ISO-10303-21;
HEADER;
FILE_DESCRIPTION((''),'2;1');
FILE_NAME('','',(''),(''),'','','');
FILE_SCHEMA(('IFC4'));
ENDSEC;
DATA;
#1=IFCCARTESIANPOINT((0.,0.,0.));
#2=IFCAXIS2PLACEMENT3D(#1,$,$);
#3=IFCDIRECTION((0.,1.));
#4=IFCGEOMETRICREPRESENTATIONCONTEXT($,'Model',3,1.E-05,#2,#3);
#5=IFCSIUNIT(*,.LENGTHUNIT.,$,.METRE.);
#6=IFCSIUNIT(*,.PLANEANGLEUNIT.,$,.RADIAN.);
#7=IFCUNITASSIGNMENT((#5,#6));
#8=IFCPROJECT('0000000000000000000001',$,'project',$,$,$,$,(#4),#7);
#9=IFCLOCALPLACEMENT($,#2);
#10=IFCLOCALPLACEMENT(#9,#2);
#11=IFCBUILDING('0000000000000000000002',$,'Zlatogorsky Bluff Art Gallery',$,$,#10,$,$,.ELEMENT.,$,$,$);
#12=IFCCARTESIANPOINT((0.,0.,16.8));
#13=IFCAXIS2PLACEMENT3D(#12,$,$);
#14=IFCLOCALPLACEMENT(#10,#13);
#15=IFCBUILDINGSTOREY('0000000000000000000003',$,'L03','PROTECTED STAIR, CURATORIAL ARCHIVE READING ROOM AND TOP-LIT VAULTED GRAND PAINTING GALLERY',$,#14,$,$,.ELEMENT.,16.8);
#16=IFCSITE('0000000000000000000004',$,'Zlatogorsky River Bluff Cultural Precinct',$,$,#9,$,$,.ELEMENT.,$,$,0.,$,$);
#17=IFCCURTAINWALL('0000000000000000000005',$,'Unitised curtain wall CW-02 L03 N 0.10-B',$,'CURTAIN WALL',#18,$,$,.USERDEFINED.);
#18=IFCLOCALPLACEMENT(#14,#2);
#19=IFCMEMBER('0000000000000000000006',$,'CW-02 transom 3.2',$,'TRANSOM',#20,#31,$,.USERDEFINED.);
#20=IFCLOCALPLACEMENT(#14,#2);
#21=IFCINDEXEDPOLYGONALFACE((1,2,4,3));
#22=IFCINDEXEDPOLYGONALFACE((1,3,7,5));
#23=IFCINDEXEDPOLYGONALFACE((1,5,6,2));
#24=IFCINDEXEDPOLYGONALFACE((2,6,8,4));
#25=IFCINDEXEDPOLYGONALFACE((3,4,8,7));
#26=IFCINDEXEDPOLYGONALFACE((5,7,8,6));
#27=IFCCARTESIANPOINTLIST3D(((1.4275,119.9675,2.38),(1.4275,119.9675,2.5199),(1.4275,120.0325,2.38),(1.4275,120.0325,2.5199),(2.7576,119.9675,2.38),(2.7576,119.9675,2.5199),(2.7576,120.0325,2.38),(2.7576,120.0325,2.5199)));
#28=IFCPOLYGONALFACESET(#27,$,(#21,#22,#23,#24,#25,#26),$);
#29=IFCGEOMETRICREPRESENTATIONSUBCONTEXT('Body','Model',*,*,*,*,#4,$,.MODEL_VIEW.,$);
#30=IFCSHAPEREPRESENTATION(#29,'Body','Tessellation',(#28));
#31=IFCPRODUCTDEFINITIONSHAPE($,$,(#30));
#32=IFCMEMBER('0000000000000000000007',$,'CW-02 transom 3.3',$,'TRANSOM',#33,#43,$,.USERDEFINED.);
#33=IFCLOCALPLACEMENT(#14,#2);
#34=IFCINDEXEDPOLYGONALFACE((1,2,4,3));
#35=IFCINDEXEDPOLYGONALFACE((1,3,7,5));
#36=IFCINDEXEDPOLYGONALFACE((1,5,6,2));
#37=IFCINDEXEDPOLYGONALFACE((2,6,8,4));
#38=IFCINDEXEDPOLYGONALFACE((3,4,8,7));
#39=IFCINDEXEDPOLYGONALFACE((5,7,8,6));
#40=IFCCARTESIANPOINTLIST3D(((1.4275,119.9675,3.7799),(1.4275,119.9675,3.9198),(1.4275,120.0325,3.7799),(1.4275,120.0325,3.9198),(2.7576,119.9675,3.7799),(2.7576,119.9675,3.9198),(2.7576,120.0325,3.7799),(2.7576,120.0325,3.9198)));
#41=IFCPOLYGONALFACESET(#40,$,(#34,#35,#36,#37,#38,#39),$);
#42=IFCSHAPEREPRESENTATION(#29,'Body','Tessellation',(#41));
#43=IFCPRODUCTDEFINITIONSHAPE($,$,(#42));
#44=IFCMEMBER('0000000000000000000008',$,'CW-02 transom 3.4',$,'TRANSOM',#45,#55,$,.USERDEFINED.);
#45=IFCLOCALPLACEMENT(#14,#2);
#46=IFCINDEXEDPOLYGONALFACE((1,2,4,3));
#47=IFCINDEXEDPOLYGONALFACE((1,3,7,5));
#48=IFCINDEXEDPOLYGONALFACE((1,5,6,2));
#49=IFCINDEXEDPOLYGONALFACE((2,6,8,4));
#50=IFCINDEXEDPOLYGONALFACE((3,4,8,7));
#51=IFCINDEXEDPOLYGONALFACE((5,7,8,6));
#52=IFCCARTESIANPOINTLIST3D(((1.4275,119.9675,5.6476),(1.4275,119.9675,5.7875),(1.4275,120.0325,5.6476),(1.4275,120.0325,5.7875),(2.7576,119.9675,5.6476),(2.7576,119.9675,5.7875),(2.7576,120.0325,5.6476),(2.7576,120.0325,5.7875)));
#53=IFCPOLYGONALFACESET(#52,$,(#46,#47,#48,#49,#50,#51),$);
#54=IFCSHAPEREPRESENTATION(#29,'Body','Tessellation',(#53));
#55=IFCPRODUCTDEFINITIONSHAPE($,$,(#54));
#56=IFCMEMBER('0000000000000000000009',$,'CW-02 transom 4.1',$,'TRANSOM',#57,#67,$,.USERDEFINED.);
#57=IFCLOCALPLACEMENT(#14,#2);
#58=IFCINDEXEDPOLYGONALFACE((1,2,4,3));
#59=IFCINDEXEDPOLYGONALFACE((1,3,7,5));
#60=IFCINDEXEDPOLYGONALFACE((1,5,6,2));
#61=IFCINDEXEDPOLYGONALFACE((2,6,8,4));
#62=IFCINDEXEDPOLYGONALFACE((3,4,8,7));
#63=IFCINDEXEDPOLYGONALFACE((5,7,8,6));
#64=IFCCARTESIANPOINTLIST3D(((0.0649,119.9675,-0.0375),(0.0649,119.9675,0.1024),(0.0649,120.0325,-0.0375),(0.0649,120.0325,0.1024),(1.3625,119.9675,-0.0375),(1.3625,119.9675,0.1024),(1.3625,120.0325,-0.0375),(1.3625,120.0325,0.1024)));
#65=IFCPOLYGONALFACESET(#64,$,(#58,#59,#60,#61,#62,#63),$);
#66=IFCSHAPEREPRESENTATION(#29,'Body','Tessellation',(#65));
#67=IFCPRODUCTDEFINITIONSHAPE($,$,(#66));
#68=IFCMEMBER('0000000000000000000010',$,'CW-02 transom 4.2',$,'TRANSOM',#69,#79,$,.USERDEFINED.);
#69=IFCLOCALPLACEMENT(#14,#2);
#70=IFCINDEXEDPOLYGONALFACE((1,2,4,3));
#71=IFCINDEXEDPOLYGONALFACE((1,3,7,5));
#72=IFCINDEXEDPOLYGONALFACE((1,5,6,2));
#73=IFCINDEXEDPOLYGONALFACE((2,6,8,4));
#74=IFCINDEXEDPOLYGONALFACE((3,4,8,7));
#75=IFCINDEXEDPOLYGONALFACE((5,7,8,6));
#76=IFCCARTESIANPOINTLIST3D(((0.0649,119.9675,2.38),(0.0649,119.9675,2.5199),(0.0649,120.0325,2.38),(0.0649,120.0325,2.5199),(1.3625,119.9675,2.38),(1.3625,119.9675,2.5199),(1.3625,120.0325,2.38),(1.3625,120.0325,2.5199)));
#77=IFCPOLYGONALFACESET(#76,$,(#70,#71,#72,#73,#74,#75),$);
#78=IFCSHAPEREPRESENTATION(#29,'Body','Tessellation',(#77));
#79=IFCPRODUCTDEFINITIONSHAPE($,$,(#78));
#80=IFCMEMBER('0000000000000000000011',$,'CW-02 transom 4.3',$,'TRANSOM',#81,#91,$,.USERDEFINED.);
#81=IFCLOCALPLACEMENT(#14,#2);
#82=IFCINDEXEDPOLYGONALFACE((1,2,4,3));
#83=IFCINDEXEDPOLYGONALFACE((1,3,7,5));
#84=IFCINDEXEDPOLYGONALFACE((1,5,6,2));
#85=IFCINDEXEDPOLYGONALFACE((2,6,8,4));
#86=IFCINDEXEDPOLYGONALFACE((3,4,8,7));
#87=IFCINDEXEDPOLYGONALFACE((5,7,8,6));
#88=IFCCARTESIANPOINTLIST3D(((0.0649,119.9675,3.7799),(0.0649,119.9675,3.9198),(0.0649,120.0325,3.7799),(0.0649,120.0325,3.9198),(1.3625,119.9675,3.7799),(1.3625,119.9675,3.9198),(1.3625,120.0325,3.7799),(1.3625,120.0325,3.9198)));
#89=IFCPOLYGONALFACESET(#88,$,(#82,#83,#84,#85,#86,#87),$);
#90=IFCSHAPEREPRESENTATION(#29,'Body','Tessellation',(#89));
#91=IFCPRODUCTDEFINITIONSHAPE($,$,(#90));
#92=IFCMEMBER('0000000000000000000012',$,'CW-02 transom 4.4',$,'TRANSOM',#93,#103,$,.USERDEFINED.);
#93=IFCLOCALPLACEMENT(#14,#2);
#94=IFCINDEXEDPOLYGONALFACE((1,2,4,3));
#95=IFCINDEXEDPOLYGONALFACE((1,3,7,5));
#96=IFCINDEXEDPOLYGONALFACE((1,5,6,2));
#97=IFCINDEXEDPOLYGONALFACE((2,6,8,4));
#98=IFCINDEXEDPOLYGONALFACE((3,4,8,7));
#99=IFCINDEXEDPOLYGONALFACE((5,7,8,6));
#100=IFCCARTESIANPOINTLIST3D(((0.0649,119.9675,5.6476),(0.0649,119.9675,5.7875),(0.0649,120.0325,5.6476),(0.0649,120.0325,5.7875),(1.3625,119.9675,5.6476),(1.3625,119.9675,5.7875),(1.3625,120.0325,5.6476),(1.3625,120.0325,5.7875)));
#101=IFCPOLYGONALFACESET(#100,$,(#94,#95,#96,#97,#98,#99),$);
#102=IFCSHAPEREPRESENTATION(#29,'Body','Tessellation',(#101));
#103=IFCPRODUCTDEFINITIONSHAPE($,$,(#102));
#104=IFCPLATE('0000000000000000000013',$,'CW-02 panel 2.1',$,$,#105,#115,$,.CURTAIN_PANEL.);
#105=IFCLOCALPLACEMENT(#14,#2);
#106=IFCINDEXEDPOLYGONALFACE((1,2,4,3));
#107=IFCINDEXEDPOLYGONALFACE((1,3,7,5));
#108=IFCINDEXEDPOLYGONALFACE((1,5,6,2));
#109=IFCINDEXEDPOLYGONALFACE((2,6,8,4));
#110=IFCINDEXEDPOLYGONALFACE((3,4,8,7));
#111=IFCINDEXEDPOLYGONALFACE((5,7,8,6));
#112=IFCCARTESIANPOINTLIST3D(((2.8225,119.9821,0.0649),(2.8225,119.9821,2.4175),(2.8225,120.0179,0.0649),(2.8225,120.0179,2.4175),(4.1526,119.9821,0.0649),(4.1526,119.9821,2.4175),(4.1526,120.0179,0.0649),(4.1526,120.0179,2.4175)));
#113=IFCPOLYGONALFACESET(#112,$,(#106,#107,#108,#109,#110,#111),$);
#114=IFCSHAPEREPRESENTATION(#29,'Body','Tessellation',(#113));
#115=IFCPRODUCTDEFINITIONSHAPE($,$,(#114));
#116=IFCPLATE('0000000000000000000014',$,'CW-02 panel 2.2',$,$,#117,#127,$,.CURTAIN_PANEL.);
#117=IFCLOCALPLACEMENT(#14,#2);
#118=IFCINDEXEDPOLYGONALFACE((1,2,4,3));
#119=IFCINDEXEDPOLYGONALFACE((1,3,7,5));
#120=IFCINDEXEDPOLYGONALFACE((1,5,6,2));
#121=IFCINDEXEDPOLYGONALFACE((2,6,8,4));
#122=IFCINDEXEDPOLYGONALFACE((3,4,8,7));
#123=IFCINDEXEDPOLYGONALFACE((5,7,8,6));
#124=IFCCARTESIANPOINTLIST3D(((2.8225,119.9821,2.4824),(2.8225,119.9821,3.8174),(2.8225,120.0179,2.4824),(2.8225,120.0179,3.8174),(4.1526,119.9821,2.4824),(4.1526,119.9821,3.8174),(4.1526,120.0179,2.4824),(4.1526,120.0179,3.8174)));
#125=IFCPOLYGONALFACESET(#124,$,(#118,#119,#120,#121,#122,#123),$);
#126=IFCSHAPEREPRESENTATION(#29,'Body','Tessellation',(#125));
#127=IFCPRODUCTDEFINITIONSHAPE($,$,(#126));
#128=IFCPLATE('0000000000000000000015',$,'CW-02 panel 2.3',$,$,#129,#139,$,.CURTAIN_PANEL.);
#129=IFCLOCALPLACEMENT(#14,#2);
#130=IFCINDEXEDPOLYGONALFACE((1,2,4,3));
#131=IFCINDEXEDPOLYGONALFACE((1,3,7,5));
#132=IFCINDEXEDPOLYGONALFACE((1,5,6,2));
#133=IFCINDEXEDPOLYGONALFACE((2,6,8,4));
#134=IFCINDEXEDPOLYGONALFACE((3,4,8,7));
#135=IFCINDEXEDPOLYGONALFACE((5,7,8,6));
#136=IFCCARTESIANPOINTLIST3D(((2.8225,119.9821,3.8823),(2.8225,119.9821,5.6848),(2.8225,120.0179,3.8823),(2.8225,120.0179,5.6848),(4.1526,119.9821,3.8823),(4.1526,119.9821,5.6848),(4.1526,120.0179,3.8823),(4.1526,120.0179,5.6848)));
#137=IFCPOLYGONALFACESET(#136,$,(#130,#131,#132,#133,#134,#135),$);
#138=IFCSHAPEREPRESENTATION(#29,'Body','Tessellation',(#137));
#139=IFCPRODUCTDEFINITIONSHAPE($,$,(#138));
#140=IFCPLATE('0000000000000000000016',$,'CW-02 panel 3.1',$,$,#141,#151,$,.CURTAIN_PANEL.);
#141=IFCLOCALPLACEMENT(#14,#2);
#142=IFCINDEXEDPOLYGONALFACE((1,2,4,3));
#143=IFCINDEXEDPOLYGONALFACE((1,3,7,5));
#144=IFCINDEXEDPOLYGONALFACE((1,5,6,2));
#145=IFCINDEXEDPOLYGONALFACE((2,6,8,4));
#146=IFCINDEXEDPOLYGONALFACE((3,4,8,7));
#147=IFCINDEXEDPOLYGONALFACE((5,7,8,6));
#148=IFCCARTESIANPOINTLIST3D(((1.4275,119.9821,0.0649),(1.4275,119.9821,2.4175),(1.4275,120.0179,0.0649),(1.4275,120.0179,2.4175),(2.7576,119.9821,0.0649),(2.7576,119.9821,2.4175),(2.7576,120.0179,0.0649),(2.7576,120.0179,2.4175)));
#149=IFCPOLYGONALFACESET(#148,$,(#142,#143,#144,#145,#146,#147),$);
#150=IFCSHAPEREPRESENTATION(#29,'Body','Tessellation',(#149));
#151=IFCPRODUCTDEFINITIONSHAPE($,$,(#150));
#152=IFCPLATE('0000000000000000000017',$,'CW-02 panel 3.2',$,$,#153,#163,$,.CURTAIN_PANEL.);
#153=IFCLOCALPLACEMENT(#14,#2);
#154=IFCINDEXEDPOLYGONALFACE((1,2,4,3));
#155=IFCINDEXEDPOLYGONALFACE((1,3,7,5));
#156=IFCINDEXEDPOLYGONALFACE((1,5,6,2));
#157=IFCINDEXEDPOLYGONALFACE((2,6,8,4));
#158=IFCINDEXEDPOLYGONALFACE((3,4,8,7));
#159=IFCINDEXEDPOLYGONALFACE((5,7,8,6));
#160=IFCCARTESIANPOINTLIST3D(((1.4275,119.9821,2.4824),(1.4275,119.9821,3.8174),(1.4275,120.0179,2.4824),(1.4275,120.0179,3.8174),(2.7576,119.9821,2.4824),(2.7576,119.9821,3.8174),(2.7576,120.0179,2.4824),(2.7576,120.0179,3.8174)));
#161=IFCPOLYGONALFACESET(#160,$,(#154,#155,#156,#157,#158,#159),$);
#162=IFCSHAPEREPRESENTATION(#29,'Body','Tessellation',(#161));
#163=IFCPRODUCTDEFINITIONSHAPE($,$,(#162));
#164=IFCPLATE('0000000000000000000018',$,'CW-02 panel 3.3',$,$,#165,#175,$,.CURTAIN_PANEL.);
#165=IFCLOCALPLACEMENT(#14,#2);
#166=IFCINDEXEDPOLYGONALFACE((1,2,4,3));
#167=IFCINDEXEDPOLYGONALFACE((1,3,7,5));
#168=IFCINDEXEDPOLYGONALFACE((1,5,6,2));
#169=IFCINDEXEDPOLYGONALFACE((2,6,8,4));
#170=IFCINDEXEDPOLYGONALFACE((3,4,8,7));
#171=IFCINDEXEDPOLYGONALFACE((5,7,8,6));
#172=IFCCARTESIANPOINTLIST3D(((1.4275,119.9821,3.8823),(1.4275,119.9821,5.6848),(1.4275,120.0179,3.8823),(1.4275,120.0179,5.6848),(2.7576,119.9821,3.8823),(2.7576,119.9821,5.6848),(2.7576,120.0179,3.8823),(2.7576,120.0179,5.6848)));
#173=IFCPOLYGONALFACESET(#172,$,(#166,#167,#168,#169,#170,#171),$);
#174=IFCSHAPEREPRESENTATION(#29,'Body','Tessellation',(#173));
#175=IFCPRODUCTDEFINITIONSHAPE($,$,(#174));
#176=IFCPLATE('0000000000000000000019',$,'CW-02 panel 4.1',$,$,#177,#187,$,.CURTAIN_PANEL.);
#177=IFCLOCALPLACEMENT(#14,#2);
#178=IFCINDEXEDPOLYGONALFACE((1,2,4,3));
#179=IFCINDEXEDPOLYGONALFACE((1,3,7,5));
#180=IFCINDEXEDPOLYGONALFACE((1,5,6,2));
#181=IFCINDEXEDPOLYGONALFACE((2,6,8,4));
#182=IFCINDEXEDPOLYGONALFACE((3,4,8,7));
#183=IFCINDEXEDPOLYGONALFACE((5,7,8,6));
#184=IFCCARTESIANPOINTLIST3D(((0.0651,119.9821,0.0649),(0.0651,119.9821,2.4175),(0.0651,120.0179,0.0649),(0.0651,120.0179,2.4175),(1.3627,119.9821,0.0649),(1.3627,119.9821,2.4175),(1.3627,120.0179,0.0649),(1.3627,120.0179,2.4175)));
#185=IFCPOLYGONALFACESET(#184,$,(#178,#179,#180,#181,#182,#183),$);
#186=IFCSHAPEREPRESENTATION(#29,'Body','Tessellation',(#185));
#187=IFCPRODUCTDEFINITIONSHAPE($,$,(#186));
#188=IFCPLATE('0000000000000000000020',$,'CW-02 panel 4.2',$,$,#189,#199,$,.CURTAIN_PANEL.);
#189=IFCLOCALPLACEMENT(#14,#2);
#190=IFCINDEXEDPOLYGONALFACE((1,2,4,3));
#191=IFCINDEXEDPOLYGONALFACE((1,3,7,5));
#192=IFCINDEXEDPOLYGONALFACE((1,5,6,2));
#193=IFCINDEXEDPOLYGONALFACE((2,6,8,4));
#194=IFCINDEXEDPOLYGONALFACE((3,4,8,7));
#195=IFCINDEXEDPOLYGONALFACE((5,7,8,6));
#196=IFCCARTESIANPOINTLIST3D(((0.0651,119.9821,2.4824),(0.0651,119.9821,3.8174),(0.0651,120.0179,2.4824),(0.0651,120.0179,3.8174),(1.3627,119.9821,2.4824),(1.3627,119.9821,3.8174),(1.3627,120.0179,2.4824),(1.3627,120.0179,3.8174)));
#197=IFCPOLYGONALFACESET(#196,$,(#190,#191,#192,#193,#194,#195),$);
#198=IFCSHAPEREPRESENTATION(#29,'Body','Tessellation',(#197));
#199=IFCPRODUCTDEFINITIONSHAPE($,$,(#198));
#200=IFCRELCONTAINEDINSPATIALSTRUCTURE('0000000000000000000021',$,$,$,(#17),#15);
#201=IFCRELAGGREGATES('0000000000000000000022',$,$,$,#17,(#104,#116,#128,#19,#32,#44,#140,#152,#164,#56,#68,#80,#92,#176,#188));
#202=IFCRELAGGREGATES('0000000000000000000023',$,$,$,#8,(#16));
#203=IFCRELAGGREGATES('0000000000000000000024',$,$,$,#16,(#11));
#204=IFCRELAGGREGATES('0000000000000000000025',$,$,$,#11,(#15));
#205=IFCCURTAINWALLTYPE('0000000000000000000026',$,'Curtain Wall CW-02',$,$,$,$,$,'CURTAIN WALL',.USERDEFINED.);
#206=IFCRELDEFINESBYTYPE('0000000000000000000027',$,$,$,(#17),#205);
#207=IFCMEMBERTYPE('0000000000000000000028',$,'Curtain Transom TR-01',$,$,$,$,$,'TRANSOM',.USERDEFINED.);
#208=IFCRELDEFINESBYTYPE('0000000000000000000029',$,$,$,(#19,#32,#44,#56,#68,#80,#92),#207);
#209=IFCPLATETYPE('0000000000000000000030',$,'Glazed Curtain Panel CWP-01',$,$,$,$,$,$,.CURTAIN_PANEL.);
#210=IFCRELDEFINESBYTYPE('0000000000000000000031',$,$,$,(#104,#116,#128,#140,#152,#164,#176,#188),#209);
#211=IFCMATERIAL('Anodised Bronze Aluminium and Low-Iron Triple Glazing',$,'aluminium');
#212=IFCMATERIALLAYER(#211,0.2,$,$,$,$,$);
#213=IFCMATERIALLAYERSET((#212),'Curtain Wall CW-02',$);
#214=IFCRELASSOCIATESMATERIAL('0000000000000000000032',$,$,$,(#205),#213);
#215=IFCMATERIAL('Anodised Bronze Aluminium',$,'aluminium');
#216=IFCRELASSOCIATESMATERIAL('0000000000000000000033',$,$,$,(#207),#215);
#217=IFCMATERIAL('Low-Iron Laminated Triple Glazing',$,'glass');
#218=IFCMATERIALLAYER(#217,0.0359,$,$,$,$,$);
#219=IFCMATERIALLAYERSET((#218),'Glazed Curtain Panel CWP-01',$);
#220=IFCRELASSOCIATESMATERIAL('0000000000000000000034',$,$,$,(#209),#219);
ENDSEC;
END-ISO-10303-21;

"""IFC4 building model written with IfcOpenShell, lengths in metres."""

from ifc_helpers import new_model, si_unit, direction, frame, origin, origin_2d, place, context, subcontext, project, spatial, rectangle, extrude, material, layer, layer_set, material_profile, profile_set, type_object, element, aggregate, save


model = new_model("IFC4")

# Units and contexts
model_context = context("Model", 3, precision=1e-05, world=origin(), true_north=direction((0.0, 1.0)))
body_context = subcontext(model_context, "Body", "Model", "MODEL_VIEW")
ifc_project = project(units=[si_unit("LENGTHUNIT", "METRE"), si_unit("PLANEANGLEUNIT", "RADIAN")], contexts=[model_context])

# Site, building, storey
site_placement = place(None, origin())
site = spatial("IfcSite", under=ifc_project, at=site_placement, Name="Zlatogorsky River Bluff Cultural Precinct", CompositionType="ELEMENT", RefElevation=0.0)
building_placement = place(site_placement, origin())
building = spatial("IfcBuilding", under=site, at=building_placement, Name="Zlatogorsky Bluff Art Gallery", CompositionType="ELEMENT")
storey_placement = place(building_placement, frame((0.0, 0.0, 16.8)))
storey = spatial("IfcBuildingStorey", under=building, at=storey_placement, Name="L03", Description="PROTECTED STAIR, CURATORIAL ARCHIVE READING ROOM AND TOP-LIT VAULTED GRAND PAINTING GALLERY", CompositionType="ELEMENT", Elevation=16.8)

# Curtain wall, members, plates
ifc_material_1 = material(Name="Anodised Bronze Aluminium and Low-Iron Triple Glazing", Category="aluminium")
ifc_layer_1 = layer(ifc_material_1, 0.2)
ifc_layer_set_1 = layer_set([ifc_layer_1], Name="Curtain Wall CW-02")
curtain_wall_type = type_object("IfcCurtainWallType", Name="Curtain Wall CW-02", ElementType="CURTAIN WALL", PredefinedType="USERDEFINED", material=ifc_layer_set_1)
curtain_wall_placement = place(storey_placement, origin())
curtain_wall = element("IfcCurtainWall", 1, at=curtain_wall_placement, inside=storey, type_object=curtain_wall_type, Name="Unitised curtain wall CW-02 L03 N 0.10-B", ObjectType="CURTAIN WALL", PredefinedType="USERDEFINED")
ifc_material_2 = material(Name="Anodised Bronze Aluminium", Category="aluminium")
ifc_material_profile_1 = material_profile(ifc_material_2, rectangle(XDim=0.0649, YDim=0.1399, at=origin_2d()), Name="ALU TRANSOM 65x140")
ifc_profile_set_1 = profile_set([ifc_material_profile_1], Name="Anodised Bronze Aluminium")
member_type_1 = type_object("IfcMemberType", Name="Curtain Transom TR-01", ElementType="TRANSOM", PredefinedType="USERDEFINED", material=ifc_profile_set_1)
member_1_placement = place(storey_placement, frame((2.7576, 120.0, 2.45), z_axis=(-1.0, 0.0, 0.0), x_axis=(0.0, -1.0, 0.0)))
member_1 = element("IfcMember", 2, at=member_1_placement, type_object=member_type_1, Name="CW-02 transom 3.2", ObjectType="TRANSOM", PredefinedType="USERDEFINED", context=body_context, shape_type="SweptSolid", body=[
    extrude(rectangle(XDim=0.0649, YDim=0.1399, at=origin_2d()), origin(), (0.0, 0.0, 1.0), 1.3301),
])
member_2_placement = place(storey_placement, frame((2.7576, 120.0, 3.8499), z_axis=(-1.0, 0.0, 0.0), x_axis=(0.0, -1.0, 0.0)))
member_2 = element("IfcMember", 3, at=member_2_placement, type_object=member_type_1, Name="CW-02 transom 3.3", ObjectType="TRANSOM", PredefinedType="USERDEFINED", context=body_context, shape_type="SweptSolid", body=[
    extrude(rectangle(XDim=0.0649, YDim=0.1399, at=origin_2d()), origin(), (0.0, 0.0, 1.0), 1.3301),
])
member_3_placement = place(storey_placement, frame((2.7576, 120.0, 5.7175), z_axis=(-1.0, 0.0, 0.0), x_axis=(0.0, -1.0, 0.0)))
member_3 = element("IfcMember", 4, at=member_3_placement, type_object=member_type_1, Name="CW-02 transom 3.4", ObjectType="TRANSOM", PredefinedType="USERDEFINED", context=body_context, shape_type="SweptSolid", body=[
    extrude(rectangle(XDim=0.0649, YDim=0.1399, at=origin_2d()), origin(), (0.0, 0.0, 1.0), 1.3301),
])
member_4_placement = place(storey_placement, frame((1.3625, 120.0, 0.0325), z_axis=(-1.0, 0.0, 0.0), x_axis=(0.0, -1.0, 0.0)))
member_4 = element("IfcMember", 5, at=member_4_placement, type_object=member_type_1, Name="CW-02 transom 4.1", ObjectType="TRANSOM", PredefinedType="USERDEFINED", context=body_context, shape_type="SweptSolid", body=[
    extrude(rectangle(XDim=0.0649, YDim=0.1399, at=origin_2d()), origin(), (0.0, 0.0, 1.0), 1.2976),
])
member_5_placement = place(storey_placement, frame((1.3625, 120.0, 2.45), z_axis=(-1.0, 0.0, 0.0), x_axis=(0.0, -1.0, 0.0)))
member_5 = element("IfcMember", 6, at=member_5_placement, type_object=member_type_1, Name="CW-02 transom 4.2", ObjectType="TRANSOM", PredefinedType="USERDEFINED", context=body_context, shape_type="SweptSolid", body=[
    extrude(rectangle(XDim=0.0649, YDim=0.1399, at=origin_2d()), origin(), (0.0, 0.0, 1.0), 1.2976),
])
member_6_placement = place(storey_placement, frame((1.3625, 120.0, 3.8499), z_axis=(-1.0, 0.0, 0.0), x_axis=(0.0, -1.0, 0.0)))
member_6 = element("IfcMember", 7, at=member_6_placement, type_object=member_type_1, Name="CW-02 transom 4.3", ObjectType="TRANSOM", PredefinedType="USERDEFINED", context=body_context, shape_type="SweptSolid", body=[
    extrude(rectangle(XDim=0.0649, YDim=0.1399, at=origin_2d()), origin(), (0.0, 0.0, 1.0), 1.2976),
])
member_7_placement = place(storey_placement, frame((1.3625, 120.0, 5.7175), z_axis=(-1.0, 0.0, 0.0), x_axis=(0.0, -1.0, 0.0)))
member_7 = element("IfcMember", 8, at=member_7_placement, type_object=member_type_1, Name="CW-02 transom 4.4", ObjectType="TRANSOM", PredefinedType="USERDEFINED", context=body_context, shape_type="SweptSolid", body=[
    extrude(rectangle(XDim=0.0649, YDim=0.1399, at=origin_2d()), origin(), (0.0, 0.0, 1.0), 1.2976),
])
ifc_material_3 = material(Name="Low-Iron Laminated Triple Glazing", Category="glass")
ifc_layer_2 = layer(ifc_material_3, 0.0359)
ifc_layer_set_2 = layer_set([ifc_layer_2], Name="Glazed Curtain Panel CWP-01")
plate_type = type_object("IfcPlateType", Name="Glazed Curtain Panel CWP-01", PredefinedType="CURTAIN_PANEL", material=ifc_layer_set_2)
plate_1_placement = place(storey_placement, frame((3.4875, 120.0, 0.0649), z_axis=(0.0, 0.0, 1.0), x_axis=(-1.0, 0.0, 0.0)))
plate_1 = element("IfcPlate", 9, at=plate_1_placement, type_object=plate_type, Name="CW-02 panel 2.1", PredefinedType="CURTAIN_PANEL", context=body_context, shape_type="SweptSolid", body=[
    extrude(rectangle(XDim=1.3301, YDim=0.0359, at=origin_2d()), origin(), (0.0, 0.0, 1.0), 2.3525),
])
plate_2_placement = place(storey_placement, frame((3.4875, 120.0, 2.4824), z_axis=(0.0, 0.0, 1.0), x_axis=(-1.0, 0.0, 0.0)))
plate_2 = element("IfcPlate", 10, at=plate_2_placement, type_object=plate_type, Name="CW-02 panel 2.2", PredefinedType="CURTAIN_PANEL", context=body_context, shape_type="SweptSolid", body=[
    extrude(rectangle(XDim=1.3301, YDim=0.0359, at=origin_2d()), origin(), (0.0, 0.0, 1.0), 1.335),
])
plate_3_placement = place(storey_placement, frame((3.4875, 120.0, 3.8823), z_axis=(0.0, 0.0, 1.0), x_axis=(-1.0, 0.0, 0.0)))
plate_3 = element("IfcPlate", 11, at=plate_3_placement, type_object=plate_type, Name="CW-02 panel 2.3", PredefinedType="CURTAIN_PANEL", context=body_context, shape_type="SweptSolid", body=[
    extrude(rectangle(XDim=1.3301, YDim=0.0359, at=origin_2d()), origin(), (0.0, 0.0, 1.0), 1.8025),
])
plate_4_placement = place(storey_placement, frame((2.0925, 120.0, 0.0649), z_axis=(0.0, 0.0, 1.0), x_axis=(-1.0, 0.0, 0.0)))
plate_4 = element("IfcPlate", 12, at=plate_4_placement, type_object=plate_type, Name="CW-02 panel 3.1", PredefinedType="CURTAIN_PANEL", context=body_context, shape_type="SweptSolid", body=[
    extrude(rectangle(XDim=1.3301, YDim=0.0359, at=origin_2d()), origin(), (0.0, 0.0, 1.0), 2.3525),
])
plate_5_placement = place(storey_placement, frame((2.0925, 120.0, 2.4824), z_axis=(0.0, 0.0, 1.0), x_axis=(-1.0, 0.0, 0.0)))
plate_5 = element("IfcPlate", 13, at=plate_5_placement, type_object=plate_type, Name="CW-02 panel 3.2", PredefinedType="CURTAIN_PANEL", context=body_context, shape_type="SweptSolid", body=[
    extrude(rectangle(XDim=1.3301, YDim=0.0359, at=origin_2d()), origin(), (0.0, 0.0, 1.0), 1.335),
])
plate_6_placement = place(storey_placement, frame((2.0925, 120.0, 3.8823), z_axis=(0.0, 0.0, 1.0), x_axis=(-1.0, 0.0, 0.0)))
plate_6 = element("IfcPlate", 14, at=plate_6_placement, type_object=plate_type, Name="CW-02 panel 3.3", PredefinedType="CURTAIN_PANEL", context=body_context, shape_type="SweptSolid", body=[
    extrude(rectangle(XDim=1.3301, YDim=0.0359, at=origin_2d()), origin(), (0.0, 0.0, 1.0), 1.8025),
])
plate_7_placement = place(storey_placement, frame((0.7139, 120.0, 0.0649), z_axis=(0.0, 0.0, 1.0), x_axis=(-1.0, 0.0, 0.0)))
plate_7 = element("IfcPlate", 15, at=plate_7_placement, type_object=plate_type, Name="CW-02 panel 4.1", PredefinedType="CURTAIN_PANEL", context=body_context, shape_type="SweptSolid", body=[
    extrude(rectangle(XDim=1.2976, YDim=0.0359, at=origin_2d()), origin(), (0.0, 0.0, 1.0), 2.3525),
])
plate_8_placement = place(storey_placement, frame((0.7139, 120.0, 2.4824), z_axis=(0.0, 0.0, 1.0), x_axis=(-1.0, 0.0, 0.0)))
plate_8 = element("IfcPlate", 16, at=plate_8_placement, type_object=plate_type, Name="CW-02 panel 4.2", PredefinedType="CURTAIN_PANEL", context=body_context, shape_type="SweptSolid", body=[
    extrude(rectangle(XDim=1.2976, YDim=0.0359, at=origin_2d()), origin(), (0.0, 0.0, 1.0), 1.335),
])
aggregate(curtain_wall, [plate_1, plate_2, plate_3, member_1, member_2, member_3, plate_4, plate_5, plate_6, member_4, member_5, member_6, member_7, plate_7, plate_8])

save(model, "model.ifc")
